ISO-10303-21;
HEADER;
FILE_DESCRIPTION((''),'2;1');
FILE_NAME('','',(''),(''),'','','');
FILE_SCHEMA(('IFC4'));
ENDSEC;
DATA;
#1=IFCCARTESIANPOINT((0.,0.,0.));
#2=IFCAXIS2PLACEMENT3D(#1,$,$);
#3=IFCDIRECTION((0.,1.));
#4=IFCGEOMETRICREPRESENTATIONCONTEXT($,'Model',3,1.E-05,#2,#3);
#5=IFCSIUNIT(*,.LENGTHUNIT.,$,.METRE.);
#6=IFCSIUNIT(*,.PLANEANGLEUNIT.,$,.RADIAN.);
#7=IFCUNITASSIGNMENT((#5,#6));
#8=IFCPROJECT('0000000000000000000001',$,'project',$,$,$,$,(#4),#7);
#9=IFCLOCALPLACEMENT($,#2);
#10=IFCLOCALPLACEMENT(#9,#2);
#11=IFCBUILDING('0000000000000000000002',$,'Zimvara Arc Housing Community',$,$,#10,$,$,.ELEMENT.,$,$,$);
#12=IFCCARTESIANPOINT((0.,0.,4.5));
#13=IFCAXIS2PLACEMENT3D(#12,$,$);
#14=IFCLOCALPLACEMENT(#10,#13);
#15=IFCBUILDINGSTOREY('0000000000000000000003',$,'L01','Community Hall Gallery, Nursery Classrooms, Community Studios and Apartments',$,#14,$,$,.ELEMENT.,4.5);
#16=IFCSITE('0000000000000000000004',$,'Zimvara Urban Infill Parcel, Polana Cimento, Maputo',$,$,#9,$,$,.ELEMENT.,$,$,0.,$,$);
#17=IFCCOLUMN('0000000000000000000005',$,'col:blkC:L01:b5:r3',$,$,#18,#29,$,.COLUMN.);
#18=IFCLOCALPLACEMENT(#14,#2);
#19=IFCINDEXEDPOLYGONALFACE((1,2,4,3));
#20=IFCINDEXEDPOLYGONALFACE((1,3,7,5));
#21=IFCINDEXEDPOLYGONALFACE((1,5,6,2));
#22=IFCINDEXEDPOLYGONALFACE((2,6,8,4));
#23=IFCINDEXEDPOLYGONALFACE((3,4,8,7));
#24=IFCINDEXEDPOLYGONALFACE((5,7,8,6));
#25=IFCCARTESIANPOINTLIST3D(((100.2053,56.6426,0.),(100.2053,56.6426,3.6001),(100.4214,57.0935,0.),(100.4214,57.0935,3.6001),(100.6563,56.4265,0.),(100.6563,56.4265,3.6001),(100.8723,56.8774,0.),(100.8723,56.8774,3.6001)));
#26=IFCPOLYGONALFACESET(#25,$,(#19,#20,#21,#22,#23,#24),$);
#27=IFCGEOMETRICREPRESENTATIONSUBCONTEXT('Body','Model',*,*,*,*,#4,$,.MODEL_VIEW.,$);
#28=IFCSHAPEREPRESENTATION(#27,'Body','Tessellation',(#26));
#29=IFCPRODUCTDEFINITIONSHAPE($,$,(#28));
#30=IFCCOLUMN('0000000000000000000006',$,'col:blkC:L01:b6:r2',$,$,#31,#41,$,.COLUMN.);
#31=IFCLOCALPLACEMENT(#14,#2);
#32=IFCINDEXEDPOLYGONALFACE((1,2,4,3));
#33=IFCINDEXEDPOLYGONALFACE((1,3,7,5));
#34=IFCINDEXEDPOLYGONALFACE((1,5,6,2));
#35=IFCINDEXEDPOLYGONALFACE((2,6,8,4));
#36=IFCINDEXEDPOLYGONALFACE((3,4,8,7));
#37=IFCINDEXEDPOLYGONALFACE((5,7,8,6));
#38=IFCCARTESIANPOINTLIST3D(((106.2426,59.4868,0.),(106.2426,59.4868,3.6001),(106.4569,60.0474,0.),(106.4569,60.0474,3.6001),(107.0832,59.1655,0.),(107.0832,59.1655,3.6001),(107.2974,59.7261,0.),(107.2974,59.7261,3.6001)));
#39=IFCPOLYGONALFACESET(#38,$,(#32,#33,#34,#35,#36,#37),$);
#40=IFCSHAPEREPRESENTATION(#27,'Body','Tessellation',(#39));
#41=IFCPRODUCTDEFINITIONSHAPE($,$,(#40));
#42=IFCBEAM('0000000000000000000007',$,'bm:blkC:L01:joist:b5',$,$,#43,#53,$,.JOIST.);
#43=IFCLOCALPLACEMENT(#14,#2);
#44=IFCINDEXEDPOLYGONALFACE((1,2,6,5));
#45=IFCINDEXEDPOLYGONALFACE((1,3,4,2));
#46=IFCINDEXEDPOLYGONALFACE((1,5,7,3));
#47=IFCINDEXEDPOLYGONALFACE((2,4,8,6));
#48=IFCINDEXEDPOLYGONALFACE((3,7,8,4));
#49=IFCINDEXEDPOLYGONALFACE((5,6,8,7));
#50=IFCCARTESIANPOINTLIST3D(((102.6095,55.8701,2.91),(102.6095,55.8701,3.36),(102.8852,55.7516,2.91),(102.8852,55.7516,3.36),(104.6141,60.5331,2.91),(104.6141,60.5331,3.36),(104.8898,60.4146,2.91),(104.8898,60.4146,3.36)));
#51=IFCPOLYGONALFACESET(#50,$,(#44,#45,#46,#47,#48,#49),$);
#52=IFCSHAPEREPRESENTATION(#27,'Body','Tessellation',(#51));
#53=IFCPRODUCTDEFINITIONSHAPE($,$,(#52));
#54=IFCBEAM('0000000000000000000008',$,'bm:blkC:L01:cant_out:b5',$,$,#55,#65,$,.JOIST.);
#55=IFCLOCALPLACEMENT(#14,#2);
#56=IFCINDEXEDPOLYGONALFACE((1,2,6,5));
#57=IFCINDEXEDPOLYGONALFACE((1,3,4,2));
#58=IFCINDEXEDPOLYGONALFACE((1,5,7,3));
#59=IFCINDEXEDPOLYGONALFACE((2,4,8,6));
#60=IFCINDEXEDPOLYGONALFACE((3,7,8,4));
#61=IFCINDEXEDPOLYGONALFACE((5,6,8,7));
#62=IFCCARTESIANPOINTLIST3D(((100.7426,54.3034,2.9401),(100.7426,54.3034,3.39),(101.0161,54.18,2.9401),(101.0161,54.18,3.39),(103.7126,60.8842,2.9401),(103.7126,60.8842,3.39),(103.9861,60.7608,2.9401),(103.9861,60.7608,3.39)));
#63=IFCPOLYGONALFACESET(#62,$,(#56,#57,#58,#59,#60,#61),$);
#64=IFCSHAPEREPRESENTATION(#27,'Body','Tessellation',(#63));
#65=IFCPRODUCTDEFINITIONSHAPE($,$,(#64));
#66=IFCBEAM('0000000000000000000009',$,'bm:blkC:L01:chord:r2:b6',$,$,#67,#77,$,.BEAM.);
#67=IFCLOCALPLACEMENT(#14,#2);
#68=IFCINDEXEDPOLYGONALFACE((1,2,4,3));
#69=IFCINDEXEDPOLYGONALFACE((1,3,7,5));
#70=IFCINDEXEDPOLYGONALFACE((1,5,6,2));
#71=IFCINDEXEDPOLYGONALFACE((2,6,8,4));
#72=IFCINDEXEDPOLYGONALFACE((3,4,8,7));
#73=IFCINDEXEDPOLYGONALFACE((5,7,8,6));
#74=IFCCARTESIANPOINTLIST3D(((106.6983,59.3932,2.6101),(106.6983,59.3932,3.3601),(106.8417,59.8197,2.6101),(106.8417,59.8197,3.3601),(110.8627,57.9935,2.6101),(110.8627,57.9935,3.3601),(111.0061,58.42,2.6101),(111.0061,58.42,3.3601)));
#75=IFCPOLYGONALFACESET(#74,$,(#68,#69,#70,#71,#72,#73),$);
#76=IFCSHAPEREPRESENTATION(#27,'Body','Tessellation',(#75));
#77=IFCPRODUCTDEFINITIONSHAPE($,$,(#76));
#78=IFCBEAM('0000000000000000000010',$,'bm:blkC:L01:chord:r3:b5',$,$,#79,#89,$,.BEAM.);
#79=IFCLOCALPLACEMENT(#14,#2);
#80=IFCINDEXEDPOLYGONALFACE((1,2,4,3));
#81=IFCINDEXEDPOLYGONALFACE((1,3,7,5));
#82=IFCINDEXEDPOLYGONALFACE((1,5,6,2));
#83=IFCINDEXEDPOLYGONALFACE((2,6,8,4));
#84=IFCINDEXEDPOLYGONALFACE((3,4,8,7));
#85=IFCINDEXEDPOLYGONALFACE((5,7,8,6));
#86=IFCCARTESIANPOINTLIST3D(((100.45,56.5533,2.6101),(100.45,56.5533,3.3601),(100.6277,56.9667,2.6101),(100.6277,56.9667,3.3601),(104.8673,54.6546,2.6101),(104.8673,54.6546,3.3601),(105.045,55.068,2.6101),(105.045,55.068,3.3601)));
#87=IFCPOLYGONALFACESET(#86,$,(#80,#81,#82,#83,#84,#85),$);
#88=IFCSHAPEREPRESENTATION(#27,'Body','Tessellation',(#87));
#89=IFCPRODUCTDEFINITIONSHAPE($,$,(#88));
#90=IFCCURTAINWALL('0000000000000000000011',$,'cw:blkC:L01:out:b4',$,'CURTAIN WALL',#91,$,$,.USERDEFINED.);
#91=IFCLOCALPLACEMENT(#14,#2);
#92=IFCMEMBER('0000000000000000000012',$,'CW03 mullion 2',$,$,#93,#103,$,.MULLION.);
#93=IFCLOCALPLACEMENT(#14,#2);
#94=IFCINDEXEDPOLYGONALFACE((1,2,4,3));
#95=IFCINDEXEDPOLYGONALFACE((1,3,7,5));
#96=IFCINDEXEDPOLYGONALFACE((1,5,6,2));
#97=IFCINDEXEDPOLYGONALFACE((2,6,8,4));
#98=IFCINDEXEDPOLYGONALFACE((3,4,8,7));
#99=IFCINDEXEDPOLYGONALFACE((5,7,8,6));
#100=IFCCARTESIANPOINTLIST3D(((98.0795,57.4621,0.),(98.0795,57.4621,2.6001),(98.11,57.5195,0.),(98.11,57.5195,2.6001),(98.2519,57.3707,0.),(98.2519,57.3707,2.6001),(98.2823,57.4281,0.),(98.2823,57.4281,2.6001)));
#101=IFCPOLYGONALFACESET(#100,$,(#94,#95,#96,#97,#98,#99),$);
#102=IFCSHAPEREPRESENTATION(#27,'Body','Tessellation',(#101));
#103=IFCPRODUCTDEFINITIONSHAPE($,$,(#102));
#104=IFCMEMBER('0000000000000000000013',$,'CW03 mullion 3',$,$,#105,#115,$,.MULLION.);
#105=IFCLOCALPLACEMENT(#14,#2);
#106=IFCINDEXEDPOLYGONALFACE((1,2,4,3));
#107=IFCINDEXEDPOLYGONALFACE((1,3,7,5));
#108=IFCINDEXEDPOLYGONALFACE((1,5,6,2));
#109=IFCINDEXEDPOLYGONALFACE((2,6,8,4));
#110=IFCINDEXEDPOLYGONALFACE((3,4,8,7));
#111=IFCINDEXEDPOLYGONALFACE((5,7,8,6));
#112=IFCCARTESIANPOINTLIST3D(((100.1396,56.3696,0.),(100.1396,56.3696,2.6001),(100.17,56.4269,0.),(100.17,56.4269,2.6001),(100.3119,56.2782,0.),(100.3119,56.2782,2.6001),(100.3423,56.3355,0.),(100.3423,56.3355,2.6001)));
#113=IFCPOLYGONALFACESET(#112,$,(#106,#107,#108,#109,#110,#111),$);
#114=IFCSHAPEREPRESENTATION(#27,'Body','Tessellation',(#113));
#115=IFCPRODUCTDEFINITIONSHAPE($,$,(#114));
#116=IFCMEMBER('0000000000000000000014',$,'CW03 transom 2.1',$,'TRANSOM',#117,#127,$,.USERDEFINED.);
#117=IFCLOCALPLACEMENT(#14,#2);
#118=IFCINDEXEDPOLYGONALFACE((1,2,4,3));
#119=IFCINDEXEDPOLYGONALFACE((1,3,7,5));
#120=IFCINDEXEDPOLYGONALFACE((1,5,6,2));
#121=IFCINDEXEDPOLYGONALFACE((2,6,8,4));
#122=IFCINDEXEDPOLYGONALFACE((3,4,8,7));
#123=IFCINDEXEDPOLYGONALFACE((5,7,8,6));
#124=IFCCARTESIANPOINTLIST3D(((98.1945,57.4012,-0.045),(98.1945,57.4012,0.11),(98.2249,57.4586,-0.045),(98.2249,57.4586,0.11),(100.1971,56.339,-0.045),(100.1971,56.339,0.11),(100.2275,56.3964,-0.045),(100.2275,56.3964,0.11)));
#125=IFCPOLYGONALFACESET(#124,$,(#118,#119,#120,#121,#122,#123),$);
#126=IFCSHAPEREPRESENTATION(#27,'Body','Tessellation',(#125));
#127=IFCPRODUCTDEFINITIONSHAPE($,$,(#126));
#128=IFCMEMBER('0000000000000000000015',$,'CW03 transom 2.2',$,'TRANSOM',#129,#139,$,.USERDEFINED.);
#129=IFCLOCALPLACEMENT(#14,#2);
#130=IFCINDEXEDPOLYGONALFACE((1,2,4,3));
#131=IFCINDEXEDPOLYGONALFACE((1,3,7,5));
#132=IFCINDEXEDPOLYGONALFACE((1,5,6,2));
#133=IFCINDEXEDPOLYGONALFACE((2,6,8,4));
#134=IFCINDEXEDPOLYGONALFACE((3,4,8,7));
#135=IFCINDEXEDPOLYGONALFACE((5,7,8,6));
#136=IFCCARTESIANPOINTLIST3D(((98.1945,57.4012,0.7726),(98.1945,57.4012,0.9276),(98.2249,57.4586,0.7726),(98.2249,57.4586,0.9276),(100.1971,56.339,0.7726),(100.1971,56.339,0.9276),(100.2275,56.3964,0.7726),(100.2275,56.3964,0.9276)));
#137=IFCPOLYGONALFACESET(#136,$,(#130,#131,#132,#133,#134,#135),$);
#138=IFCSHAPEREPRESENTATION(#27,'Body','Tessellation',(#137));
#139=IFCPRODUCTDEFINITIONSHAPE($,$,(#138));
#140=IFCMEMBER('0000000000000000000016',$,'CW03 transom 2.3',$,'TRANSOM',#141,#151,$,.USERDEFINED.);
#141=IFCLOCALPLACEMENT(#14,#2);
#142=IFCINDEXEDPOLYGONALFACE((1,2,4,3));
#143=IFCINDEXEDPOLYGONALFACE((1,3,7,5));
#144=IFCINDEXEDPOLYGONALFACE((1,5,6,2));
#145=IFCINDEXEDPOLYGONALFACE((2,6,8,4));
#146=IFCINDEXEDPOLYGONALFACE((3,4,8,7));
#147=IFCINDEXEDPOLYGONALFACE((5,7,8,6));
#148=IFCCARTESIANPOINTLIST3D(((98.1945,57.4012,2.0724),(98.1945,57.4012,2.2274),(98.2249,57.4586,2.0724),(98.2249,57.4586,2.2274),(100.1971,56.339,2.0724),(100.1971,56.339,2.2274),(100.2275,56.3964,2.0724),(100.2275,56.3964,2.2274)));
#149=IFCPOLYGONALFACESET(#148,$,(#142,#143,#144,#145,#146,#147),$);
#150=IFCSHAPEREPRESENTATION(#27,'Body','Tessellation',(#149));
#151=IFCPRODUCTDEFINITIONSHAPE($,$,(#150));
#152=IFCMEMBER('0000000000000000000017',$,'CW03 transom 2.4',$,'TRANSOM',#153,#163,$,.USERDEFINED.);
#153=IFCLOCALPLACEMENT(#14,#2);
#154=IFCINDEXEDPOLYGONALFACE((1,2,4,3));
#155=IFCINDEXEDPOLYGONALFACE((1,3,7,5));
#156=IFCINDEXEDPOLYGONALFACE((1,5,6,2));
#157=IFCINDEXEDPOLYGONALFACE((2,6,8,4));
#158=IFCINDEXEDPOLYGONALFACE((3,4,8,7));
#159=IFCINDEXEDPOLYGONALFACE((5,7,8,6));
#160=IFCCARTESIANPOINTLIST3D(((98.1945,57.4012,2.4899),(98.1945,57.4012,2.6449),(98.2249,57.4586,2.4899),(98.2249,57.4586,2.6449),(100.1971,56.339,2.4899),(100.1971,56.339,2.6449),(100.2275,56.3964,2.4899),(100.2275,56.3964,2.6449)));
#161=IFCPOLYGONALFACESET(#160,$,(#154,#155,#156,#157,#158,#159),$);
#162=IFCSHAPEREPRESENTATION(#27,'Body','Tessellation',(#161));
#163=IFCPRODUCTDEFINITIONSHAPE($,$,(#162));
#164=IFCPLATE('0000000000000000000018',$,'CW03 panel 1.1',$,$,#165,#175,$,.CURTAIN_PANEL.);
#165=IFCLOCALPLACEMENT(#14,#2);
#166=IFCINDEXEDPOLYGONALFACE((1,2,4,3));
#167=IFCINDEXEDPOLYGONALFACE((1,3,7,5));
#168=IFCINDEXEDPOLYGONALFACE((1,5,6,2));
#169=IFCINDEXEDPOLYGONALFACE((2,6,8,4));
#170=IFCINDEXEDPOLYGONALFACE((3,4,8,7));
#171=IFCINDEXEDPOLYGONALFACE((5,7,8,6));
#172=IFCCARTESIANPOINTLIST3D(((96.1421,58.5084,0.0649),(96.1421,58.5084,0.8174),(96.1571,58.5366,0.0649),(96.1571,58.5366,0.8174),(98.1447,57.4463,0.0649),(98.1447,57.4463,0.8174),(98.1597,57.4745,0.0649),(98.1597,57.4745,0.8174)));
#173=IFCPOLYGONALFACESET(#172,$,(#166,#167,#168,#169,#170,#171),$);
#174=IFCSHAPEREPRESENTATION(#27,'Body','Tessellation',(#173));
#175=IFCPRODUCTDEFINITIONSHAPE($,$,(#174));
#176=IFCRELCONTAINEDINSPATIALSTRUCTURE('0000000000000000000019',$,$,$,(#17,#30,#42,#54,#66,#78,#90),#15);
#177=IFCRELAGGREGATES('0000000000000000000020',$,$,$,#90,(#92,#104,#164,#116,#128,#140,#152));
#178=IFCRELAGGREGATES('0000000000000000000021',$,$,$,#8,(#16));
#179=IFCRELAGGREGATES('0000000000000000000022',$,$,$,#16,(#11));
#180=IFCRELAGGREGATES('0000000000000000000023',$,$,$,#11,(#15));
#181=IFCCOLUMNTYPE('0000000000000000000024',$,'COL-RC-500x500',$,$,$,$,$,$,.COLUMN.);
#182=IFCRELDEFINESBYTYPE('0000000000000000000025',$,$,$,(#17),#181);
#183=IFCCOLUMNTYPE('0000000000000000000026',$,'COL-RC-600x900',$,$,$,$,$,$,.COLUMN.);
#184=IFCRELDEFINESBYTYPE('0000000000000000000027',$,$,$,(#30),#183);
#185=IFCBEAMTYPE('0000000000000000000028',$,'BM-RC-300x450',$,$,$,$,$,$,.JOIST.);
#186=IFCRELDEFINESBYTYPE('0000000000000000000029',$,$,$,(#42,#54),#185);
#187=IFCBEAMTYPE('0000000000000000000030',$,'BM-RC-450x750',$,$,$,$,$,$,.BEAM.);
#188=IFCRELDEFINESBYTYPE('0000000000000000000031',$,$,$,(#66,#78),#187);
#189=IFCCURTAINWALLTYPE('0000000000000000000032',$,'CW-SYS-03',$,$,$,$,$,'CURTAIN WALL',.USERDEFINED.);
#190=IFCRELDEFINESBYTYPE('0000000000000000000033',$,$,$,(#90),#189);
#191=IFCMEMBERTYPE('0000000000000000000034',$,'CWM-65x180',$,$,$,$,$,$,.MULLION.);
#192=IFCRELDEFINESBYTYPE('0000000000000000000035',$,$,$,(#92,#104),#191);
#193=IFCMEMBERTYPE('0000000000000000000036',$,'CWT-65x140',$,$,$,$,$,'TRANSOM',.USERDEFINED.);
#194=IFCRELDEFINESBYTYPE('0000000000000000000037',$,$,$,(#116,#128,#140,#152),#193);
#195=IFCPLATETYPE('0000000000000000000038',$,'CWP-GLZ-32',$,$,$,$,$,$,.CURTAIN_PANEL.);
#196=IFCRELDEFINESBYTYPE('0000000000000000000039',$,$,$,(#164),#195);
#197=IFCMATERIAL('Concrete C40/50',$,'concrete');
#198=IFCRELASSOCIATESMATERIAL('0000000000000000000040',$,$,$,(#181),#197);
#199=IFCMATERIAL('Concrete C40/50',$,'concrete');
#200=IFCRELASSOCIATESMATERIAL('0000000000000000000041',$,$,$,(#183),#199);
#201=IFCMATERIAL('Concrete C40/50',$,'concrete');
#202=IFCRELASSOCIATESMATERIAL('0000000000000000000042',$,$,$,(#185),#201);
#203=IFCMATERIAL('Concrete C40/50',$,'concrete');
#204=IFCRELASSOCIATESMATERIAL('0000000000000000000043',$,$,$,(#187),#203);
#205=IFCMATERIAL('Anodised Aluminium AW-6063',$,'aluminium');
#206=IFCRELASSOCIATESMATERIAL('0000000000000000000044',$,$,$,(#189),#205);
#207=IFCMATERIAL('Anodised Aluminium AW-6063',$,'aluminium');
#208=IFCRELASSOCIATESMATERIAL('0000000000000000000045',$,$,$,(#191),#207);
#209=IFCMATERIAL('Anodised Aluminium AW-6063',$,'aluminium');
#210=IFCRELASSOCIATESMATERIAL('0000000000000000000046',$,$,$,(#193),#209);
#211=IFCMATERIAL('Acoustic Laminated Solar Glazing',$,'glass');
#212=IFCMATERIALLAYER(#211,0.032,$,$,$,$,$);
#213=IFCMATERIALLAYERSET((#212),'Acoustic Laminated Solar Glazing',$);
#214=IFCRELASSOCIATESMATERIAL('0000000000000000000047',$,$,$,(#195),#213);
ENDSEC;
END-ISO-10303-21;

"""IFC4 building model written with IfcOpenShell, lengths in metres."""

from ifc_helpers import new_model, si_unit, direction, frame, origin, origin_2d, place, context, subcontext, project, spatial, rectangle, extrude, material, layer, layer_set, material_profile, profile_set, type_object, element, aggregate, save


model = new_model("IFC4")

# Units and contexts
model_context = context("Model", 3, precision=1e-05, world=origin(), true_north=direction((0.0, 1.0)))
body_context = subcontext(model_context, "Body", "Model", "MODEL_VIEW")
ifc_project = project(units=[si_unit("LENGTHUNIT", "METRE"), si_unit("PLANEANGLEUNIT", "RADIAN")], contexts=[model_context])

# Site, building, storey
site_placement = place(None, origin())
site = spatial("IfcSite", under=ifc_project, at=site_placement, Name="Zimvara Urban Infill Parcel, Polana Cimento, Maputo", CompositionType="ELEMENT", RefElevation=0.0)
building_placement = place(site_placement, origin())
building = spatial("IfcBuilding", under=site, at=building_placement, Name="Zimvara Arc Housing Community", CompositionType="ELEMENT")
storey_placement = place(building_placement, frame((0.0, 0.0, 4.5)))
storey = spatial("IfcBuildingStorey", under=building, at=storey_placement, Name="L01", Description="Community Hall Gallery, Nursery Classrooms, Community Studios and Apartments", CompositionType="ELEMENT", Elevation=4.5)

# Columns
ifc_material_1 = material(Name="Concrete C40/50", Category="concrete")
ifc_material_profile_1 = material_profile(ifc_material_1, rectangle(XDim=0.5, YDim=0.5, at=origin_2d()), Name="RC 500x500")
ifc_profile_set_1 = profile_set([ifc_material_profile_1], Name="Concrete C40/50")
column_type_1 = type_object("IfcColumnType", Name="COL-RC-500x500", PredefinedType="COLUMN", material=ifc_profile_set_1)
column_1_placement = place(storey_placement, frame((100.5388, 56.76, 0.0), z_axis=(0.0, 0.0, 1.0), x_axis=(-0.432086, -0.901833, 0.0)))
element("IfcColumn", 1, at=column_1_placement, inside=storey, type_object=column_type_1, Name="col:blkC:L01:b5:r3", PredefinedType="COLUMN", context=body_context, shape_type="SweptSolid", body=[
    extrude(rectangle(XDim=0.5, YDim=0.5, at=origin_2d()), origin(), (0.0, 0.0, 1.0), 3.6001),
])
ifc_material_2 = material(Name="Concrete C40/50", Category="concrete")
ifc_material_profile_2 = material_profile(ifc_material_2, rectangle(XDim=0.6001, YDim=0.8999, at=origin_2d()), Name="RC 600x900")
ifc_profile_set_2 = profile_set([ifc_material_profile_2], Name="Concrete C40/50")
column_type_2 = type_object("IfcColumnType", Name="COL-RC-600x900", PredefinedType="COLUMN", material=ifc_profile_set_2)
column_2_placement = place(storey_placement, frame((106.77, 59.6064, 0.0), z_axis=(0.0, 0.0, 1.0), x_axis=(-0.357064, -0.93408, 0.0)))
element("IfcColumn", 2, at=column_2_placement, inside=storey, type_object=column_type_2, Name="col:blkC:L01:b6:r2", PredefinedType="COLUMN", context=body_context, shape_type="SweptSolid", body=[
    extrude(rectangle(XDim=0.6001, YDim=0.8999, at=origin_2d()), origin(), (0.0, 0.0, 1.0), 3.6001),
])

# Beams
ifc_material_3 = material(Name="Concrete C40/50", Category="concrete")
ifc_material_profile_3 = material_profile(ifc_material_3, rectangle(XDim=0.3, YDim=0.45, at=origin_2d()), Name="RC 300x450")
ifc_profile_set_3 = profile_set([ifc_material_profile_3], Name="Concrete C40/50")
beam_type_1 = type_object("IfcBeamType", Name="BM-RC-300x450", PredefinedType="JOIST", material=ifc_profile_set_3)
beam_1_placement = place(storey_placement, frame((104.752, 60.4739, 3.135), z_axis=(-0.394947, -0.918704, 0.0), x_axis=(0.918704, -0.394947, 0.0)))
element("IfcBeam", 3, at=beam_1_placement, inside=storey, type_object=beam_type_1, Name="bm:blkC:L01:joist:b5", PredefinedType="JOIST", context=body_context, shape_type="SweptSolid", body=[
    extrude(rectangle(XDim=0.3, YDim=0.45, at=origin_2d()), origin(), (0.0, 0.0, 1.0), 5.0757),
])
beam_2_placement = place(storey_placement, frame((103.8494, 60.8225, 3.165), z_axis=(-0.411356, -0.911475, 0.0), x_axis=(0.911475, -0.411356, 0.0)))
element("IfcBeam", 4, at=beam_2_placement, inside=storey, type_object=beam_type_1, Name="bm:blkC:L01:cant_out:b5", PredefinedType="JOIST", context=body_context, shape_type="SweptSolid", body=[
    extrude(rectangle(XDim=0.3, YDim=0.45, at=origin_2d()), origin(), (0.0, 0.0, 1.0), 7.22),
])
ifc_material_4 = material(Name="Concrete C40/50", Category="concrete")
ifc_material_profile_4 = material_profile(ifc_material_4, rectangle(XDim=0.45, YDim=0.75, at=origin_2d()), Name="RC 450x750")
ifc_profile_set_4 = profile_set([ifc_material_profile_4], Name="Concrete C40/50")
beam_type_2 = type_object("IfcBeamType", Name="BM-RC-450x750", PredefinedType="BEAM", material=ifc_profile_set_4)
beam_3_placement = place(storey_placement, frame((106.77, 59.6064, 2.9851), z_axis=(0.947891, -0.318594, 0.0), x_axis=(0.318594, 0.947891, 0.0)))
element("IfcBeam", 5, at=beam_3_placement, inside=storey, type_object=beam_type_2, Name="bm:blkC:L01:chord:r2:b6", PredefinedType="BEAM", context=body_context, shape_type="SweptSolid", body=[
    extrude(rectangle(XDim=0.45, YDim=0.75, at=origin_2d()), origin(), (0.0, 0.0, 1.0), 4.3933),
])
beam_4_placement = place(storey_placement, frame((100.5388, 56.76, 2.9851), z_axis=(0.918724, -0.3949, 0.0), x_axis=(0.3949, 0.918724, 0.0)))
element("IfcBeam", 6, at=beam_4_placement, inside=storey, type_object=beam_type_2, Name="bm:blkC:L01:chord:r3:b5", PredefinedType="BEAM", context=body_context, shape_type="SweptSolid", body=[
    extrude(rectangle(XDim=0.45, YDim=0.75, at=origin_2d()), origin(), (0.0, 0.0, 1.0), 4.8081),
])

# Curtain wall, members, plate
ifc_material_5 = material(Name="Anodised Aluminium AW-6063", Category="aluminium")
curtain_wall_type = type_object("IfcCurtainWallType", Name="CW-SYS-03", ElementType="CURTAIN WALL", PredefinedType="USERDEFINED", material=ifc_material_5)
curtain_wall_placement = place(storey_placement, origin())
curtain_wall = element("IfcCurtainWall", 7, at=curtain_wall_placement, inside=storey, type_object=curtain_wall_type, Name="cw:blkC:L01:out:b4", ObjectType="CURTAIN WALL", PredefinedType="USERDEFINED")
ifc_material_6 = material(Name="Anodised Aluminium AW-6063", Category="aluminium")
ifc_material_profile_5 = material_profile(ifc_material_6, rectangle(XDim=0.0649, YDim=0.1951, at=origin_2d()), Name="ALU 65x195")
ifc_profile_set_5 = profile_set([ifc_material_profile_5], Name="Anodised Aluminium AW-6063")
member_type_1 = type_object("IfcMemberType", Name="CWM-65x180", PredefinedType="MULLION", material=ifc_profile_set_5)
member_1_placement = place(storey_placement, frame((98.1809, 57.4451, 0.0), z_axis=(0.0, 0.0, 1.0), x_axis=(0.468547, 0.883439, 0.0)))
member_1 = element("IfcMember", 8, at=member_1_placement, type_object=member_type_1, Name="CW03 mullion 2", PredefinedType="MULLION", context=body_context, shape_type="SweptSolid", body=[
    extrude(rectangle(XDim=0.0649, YDim=0.1951, at=origin_2d()), origin(), (0.0, 0.0, 1.0), 2.6001),
])
member_2_placement = place(storey_placement, frame((100.241, 56.3525, 0.0), z_axis=(0.0, 0.0, 1.0), x_axis=(0.468547, 0.883439, 0.0)))
member_2 = element("IfcMember", 9, at=member_2_placement, type_object=member_type_1, Name="CW03 mullion 3", PredefinedType="MULLION", context=body_context, shape_type="SweptSolid", body=[
    extrude(rectangle(XDim=0.0649, YDim=0.1951, at=origin_2d()), origin(), (0.0, 0.0, 1.0), 2.6001),
])
ifc_material_7 = material(Name="Anodised Aluminium AW-6063", Category="aluminium")
ifc_material_profile_6 = material_profile(ifc_material_7, rectangle(XDim=0.0649, YDim=0.155, at=origin_2d()), Name="ALU 65x155")
ifc_profile_set_6 = profile_set([ifc_material_profile_6], Name="Anodised Aluminium AW-6063")
member_type_2 = type_object("IfcMemberType", Name="CWT-65x140", ElementType="TRANSOM", PredefinedType="USERDEFINED", material=ifc_profile_set_6)
member_3_placement = place(storey_placement, frame((98.2097, 57.4299, 0.0325), z_axis=(0.883421, -0.46858, 0.0), x_axis=(0.46858, 0.883421, 0.0)))
member_3 = element("IfcMember", 10, at=member_3_placement, type_object=member_type_2, Name="CW03 transom 2.1", ObjectType="TRANSOM", PredefinedType="USERDEFINED", context=body_context, shape_type="SweptSolid", body=[
    extrude(rectangle(XDim=0.0649, YDim=0.155, at=origin_2d()), origin(), (0.0, 0.0, 1.0), 2.2668),
])
member_4_placement = place(storey_placement, frame((98.2097, 57.4299, 0.8501), z_axis=(0.883421, -0.46858, 0.0), x_axis=(0.46858, 0.883421, 0.0)))
member_4 = element("IfcMember", 11, at=member_4_placement, type_object=member_type_2, Name="CW03 transom 2.2", ObjectType="TRANSOM", PredefinedType="USERDEFINED", context=body_context, shape_type="SweptSolid", body=[
    extrude(rectangle(XDim=0.0649, YDim=0.155, at=origin_2d()), origin(), (0.0, 0.0, 1.0), 2.2668),
])
member_5_placement = place(storey_placement, frame((98.2097, 57.4299, 2.1499), z_axis=(0.883421, -0.46858, 0.0), x_axis=(0.46858, 0.883421, 0.0)))
member_5 = element("IfcMember", 12, at=member_5_placement, type_object=member_type_2, Name="CW03 transom 2.3", ObjectType="TRANSOM", PredefinedType="USERDEFINED", context=body_context, shape_type="SweptSolid", body=[
    extrude(rectangle(XDim=0.0649, YDim=0.155, at=origin_2d()), origin(), (0.0, 0.0, 1.0), 2.2668),
])
member_6_placement = place(storey_placement, frame((98.2097, 57.4299, 2.5674), z_axis=(0.883421, -0.46858, 0.0), x_axis=(0.46858, 0.883421, 0.0)))
member_6 = element("IfcMember", 13, at=member_6_placement, type_object=member_type_2, Name="CW03 transom 2.4", ObjectType="TRANSOM", PredefinedType="USERDEFINED", context=body_context, shape_type="SweptSolid", body=[
    extrude(rectangle(XDim=0.0649, YDim=0.155, at=origin_2d()), origin(), (0.0, 0.0, 1.0), 2.2668),
])
ifc_material_8 = material(Name="Acoustic Laminated Solar Glazing", Category="glass")
ifc_layer_1 = layer(ifc_material_8, 0.032)
ifc_layer_set_1 = layer_set([ifc_layer_1], Name="Acoustic Laminated Solar Glazing")
plate_type = type_object("IfcPlateType", Name="CWP-GLZ-32", PredefinedType="CURTAIN_PANEL", material=ifc_layer_set_1)
plate_1_placement = place(storey_placement, frame((97.1509, 57.9915, 0.0649), z_axis=(0.0, 0.0, 1.0), x_axis=(0.883439, -0.468547, 0.0)))
plate_1 = element("IfcPlate", 14, at=plate_1_placement, type_object=plate_type, Name="CW03 panel 1.1", PredefinedType="CURTAIN_PANEL", context=body_context, shape_type="SweptSolid", body=[
    extrude(rectangle(XDim=2.2668, YDim=0.032, at=origin_2d()), origin(), (0.0, 0.0, 1.0), 0.7524),
])
aggregate(curtain_wall, [member_1, member_2, plate_1, member_3, member_4, member_5, member_6])

save(model, "model.ifc")
